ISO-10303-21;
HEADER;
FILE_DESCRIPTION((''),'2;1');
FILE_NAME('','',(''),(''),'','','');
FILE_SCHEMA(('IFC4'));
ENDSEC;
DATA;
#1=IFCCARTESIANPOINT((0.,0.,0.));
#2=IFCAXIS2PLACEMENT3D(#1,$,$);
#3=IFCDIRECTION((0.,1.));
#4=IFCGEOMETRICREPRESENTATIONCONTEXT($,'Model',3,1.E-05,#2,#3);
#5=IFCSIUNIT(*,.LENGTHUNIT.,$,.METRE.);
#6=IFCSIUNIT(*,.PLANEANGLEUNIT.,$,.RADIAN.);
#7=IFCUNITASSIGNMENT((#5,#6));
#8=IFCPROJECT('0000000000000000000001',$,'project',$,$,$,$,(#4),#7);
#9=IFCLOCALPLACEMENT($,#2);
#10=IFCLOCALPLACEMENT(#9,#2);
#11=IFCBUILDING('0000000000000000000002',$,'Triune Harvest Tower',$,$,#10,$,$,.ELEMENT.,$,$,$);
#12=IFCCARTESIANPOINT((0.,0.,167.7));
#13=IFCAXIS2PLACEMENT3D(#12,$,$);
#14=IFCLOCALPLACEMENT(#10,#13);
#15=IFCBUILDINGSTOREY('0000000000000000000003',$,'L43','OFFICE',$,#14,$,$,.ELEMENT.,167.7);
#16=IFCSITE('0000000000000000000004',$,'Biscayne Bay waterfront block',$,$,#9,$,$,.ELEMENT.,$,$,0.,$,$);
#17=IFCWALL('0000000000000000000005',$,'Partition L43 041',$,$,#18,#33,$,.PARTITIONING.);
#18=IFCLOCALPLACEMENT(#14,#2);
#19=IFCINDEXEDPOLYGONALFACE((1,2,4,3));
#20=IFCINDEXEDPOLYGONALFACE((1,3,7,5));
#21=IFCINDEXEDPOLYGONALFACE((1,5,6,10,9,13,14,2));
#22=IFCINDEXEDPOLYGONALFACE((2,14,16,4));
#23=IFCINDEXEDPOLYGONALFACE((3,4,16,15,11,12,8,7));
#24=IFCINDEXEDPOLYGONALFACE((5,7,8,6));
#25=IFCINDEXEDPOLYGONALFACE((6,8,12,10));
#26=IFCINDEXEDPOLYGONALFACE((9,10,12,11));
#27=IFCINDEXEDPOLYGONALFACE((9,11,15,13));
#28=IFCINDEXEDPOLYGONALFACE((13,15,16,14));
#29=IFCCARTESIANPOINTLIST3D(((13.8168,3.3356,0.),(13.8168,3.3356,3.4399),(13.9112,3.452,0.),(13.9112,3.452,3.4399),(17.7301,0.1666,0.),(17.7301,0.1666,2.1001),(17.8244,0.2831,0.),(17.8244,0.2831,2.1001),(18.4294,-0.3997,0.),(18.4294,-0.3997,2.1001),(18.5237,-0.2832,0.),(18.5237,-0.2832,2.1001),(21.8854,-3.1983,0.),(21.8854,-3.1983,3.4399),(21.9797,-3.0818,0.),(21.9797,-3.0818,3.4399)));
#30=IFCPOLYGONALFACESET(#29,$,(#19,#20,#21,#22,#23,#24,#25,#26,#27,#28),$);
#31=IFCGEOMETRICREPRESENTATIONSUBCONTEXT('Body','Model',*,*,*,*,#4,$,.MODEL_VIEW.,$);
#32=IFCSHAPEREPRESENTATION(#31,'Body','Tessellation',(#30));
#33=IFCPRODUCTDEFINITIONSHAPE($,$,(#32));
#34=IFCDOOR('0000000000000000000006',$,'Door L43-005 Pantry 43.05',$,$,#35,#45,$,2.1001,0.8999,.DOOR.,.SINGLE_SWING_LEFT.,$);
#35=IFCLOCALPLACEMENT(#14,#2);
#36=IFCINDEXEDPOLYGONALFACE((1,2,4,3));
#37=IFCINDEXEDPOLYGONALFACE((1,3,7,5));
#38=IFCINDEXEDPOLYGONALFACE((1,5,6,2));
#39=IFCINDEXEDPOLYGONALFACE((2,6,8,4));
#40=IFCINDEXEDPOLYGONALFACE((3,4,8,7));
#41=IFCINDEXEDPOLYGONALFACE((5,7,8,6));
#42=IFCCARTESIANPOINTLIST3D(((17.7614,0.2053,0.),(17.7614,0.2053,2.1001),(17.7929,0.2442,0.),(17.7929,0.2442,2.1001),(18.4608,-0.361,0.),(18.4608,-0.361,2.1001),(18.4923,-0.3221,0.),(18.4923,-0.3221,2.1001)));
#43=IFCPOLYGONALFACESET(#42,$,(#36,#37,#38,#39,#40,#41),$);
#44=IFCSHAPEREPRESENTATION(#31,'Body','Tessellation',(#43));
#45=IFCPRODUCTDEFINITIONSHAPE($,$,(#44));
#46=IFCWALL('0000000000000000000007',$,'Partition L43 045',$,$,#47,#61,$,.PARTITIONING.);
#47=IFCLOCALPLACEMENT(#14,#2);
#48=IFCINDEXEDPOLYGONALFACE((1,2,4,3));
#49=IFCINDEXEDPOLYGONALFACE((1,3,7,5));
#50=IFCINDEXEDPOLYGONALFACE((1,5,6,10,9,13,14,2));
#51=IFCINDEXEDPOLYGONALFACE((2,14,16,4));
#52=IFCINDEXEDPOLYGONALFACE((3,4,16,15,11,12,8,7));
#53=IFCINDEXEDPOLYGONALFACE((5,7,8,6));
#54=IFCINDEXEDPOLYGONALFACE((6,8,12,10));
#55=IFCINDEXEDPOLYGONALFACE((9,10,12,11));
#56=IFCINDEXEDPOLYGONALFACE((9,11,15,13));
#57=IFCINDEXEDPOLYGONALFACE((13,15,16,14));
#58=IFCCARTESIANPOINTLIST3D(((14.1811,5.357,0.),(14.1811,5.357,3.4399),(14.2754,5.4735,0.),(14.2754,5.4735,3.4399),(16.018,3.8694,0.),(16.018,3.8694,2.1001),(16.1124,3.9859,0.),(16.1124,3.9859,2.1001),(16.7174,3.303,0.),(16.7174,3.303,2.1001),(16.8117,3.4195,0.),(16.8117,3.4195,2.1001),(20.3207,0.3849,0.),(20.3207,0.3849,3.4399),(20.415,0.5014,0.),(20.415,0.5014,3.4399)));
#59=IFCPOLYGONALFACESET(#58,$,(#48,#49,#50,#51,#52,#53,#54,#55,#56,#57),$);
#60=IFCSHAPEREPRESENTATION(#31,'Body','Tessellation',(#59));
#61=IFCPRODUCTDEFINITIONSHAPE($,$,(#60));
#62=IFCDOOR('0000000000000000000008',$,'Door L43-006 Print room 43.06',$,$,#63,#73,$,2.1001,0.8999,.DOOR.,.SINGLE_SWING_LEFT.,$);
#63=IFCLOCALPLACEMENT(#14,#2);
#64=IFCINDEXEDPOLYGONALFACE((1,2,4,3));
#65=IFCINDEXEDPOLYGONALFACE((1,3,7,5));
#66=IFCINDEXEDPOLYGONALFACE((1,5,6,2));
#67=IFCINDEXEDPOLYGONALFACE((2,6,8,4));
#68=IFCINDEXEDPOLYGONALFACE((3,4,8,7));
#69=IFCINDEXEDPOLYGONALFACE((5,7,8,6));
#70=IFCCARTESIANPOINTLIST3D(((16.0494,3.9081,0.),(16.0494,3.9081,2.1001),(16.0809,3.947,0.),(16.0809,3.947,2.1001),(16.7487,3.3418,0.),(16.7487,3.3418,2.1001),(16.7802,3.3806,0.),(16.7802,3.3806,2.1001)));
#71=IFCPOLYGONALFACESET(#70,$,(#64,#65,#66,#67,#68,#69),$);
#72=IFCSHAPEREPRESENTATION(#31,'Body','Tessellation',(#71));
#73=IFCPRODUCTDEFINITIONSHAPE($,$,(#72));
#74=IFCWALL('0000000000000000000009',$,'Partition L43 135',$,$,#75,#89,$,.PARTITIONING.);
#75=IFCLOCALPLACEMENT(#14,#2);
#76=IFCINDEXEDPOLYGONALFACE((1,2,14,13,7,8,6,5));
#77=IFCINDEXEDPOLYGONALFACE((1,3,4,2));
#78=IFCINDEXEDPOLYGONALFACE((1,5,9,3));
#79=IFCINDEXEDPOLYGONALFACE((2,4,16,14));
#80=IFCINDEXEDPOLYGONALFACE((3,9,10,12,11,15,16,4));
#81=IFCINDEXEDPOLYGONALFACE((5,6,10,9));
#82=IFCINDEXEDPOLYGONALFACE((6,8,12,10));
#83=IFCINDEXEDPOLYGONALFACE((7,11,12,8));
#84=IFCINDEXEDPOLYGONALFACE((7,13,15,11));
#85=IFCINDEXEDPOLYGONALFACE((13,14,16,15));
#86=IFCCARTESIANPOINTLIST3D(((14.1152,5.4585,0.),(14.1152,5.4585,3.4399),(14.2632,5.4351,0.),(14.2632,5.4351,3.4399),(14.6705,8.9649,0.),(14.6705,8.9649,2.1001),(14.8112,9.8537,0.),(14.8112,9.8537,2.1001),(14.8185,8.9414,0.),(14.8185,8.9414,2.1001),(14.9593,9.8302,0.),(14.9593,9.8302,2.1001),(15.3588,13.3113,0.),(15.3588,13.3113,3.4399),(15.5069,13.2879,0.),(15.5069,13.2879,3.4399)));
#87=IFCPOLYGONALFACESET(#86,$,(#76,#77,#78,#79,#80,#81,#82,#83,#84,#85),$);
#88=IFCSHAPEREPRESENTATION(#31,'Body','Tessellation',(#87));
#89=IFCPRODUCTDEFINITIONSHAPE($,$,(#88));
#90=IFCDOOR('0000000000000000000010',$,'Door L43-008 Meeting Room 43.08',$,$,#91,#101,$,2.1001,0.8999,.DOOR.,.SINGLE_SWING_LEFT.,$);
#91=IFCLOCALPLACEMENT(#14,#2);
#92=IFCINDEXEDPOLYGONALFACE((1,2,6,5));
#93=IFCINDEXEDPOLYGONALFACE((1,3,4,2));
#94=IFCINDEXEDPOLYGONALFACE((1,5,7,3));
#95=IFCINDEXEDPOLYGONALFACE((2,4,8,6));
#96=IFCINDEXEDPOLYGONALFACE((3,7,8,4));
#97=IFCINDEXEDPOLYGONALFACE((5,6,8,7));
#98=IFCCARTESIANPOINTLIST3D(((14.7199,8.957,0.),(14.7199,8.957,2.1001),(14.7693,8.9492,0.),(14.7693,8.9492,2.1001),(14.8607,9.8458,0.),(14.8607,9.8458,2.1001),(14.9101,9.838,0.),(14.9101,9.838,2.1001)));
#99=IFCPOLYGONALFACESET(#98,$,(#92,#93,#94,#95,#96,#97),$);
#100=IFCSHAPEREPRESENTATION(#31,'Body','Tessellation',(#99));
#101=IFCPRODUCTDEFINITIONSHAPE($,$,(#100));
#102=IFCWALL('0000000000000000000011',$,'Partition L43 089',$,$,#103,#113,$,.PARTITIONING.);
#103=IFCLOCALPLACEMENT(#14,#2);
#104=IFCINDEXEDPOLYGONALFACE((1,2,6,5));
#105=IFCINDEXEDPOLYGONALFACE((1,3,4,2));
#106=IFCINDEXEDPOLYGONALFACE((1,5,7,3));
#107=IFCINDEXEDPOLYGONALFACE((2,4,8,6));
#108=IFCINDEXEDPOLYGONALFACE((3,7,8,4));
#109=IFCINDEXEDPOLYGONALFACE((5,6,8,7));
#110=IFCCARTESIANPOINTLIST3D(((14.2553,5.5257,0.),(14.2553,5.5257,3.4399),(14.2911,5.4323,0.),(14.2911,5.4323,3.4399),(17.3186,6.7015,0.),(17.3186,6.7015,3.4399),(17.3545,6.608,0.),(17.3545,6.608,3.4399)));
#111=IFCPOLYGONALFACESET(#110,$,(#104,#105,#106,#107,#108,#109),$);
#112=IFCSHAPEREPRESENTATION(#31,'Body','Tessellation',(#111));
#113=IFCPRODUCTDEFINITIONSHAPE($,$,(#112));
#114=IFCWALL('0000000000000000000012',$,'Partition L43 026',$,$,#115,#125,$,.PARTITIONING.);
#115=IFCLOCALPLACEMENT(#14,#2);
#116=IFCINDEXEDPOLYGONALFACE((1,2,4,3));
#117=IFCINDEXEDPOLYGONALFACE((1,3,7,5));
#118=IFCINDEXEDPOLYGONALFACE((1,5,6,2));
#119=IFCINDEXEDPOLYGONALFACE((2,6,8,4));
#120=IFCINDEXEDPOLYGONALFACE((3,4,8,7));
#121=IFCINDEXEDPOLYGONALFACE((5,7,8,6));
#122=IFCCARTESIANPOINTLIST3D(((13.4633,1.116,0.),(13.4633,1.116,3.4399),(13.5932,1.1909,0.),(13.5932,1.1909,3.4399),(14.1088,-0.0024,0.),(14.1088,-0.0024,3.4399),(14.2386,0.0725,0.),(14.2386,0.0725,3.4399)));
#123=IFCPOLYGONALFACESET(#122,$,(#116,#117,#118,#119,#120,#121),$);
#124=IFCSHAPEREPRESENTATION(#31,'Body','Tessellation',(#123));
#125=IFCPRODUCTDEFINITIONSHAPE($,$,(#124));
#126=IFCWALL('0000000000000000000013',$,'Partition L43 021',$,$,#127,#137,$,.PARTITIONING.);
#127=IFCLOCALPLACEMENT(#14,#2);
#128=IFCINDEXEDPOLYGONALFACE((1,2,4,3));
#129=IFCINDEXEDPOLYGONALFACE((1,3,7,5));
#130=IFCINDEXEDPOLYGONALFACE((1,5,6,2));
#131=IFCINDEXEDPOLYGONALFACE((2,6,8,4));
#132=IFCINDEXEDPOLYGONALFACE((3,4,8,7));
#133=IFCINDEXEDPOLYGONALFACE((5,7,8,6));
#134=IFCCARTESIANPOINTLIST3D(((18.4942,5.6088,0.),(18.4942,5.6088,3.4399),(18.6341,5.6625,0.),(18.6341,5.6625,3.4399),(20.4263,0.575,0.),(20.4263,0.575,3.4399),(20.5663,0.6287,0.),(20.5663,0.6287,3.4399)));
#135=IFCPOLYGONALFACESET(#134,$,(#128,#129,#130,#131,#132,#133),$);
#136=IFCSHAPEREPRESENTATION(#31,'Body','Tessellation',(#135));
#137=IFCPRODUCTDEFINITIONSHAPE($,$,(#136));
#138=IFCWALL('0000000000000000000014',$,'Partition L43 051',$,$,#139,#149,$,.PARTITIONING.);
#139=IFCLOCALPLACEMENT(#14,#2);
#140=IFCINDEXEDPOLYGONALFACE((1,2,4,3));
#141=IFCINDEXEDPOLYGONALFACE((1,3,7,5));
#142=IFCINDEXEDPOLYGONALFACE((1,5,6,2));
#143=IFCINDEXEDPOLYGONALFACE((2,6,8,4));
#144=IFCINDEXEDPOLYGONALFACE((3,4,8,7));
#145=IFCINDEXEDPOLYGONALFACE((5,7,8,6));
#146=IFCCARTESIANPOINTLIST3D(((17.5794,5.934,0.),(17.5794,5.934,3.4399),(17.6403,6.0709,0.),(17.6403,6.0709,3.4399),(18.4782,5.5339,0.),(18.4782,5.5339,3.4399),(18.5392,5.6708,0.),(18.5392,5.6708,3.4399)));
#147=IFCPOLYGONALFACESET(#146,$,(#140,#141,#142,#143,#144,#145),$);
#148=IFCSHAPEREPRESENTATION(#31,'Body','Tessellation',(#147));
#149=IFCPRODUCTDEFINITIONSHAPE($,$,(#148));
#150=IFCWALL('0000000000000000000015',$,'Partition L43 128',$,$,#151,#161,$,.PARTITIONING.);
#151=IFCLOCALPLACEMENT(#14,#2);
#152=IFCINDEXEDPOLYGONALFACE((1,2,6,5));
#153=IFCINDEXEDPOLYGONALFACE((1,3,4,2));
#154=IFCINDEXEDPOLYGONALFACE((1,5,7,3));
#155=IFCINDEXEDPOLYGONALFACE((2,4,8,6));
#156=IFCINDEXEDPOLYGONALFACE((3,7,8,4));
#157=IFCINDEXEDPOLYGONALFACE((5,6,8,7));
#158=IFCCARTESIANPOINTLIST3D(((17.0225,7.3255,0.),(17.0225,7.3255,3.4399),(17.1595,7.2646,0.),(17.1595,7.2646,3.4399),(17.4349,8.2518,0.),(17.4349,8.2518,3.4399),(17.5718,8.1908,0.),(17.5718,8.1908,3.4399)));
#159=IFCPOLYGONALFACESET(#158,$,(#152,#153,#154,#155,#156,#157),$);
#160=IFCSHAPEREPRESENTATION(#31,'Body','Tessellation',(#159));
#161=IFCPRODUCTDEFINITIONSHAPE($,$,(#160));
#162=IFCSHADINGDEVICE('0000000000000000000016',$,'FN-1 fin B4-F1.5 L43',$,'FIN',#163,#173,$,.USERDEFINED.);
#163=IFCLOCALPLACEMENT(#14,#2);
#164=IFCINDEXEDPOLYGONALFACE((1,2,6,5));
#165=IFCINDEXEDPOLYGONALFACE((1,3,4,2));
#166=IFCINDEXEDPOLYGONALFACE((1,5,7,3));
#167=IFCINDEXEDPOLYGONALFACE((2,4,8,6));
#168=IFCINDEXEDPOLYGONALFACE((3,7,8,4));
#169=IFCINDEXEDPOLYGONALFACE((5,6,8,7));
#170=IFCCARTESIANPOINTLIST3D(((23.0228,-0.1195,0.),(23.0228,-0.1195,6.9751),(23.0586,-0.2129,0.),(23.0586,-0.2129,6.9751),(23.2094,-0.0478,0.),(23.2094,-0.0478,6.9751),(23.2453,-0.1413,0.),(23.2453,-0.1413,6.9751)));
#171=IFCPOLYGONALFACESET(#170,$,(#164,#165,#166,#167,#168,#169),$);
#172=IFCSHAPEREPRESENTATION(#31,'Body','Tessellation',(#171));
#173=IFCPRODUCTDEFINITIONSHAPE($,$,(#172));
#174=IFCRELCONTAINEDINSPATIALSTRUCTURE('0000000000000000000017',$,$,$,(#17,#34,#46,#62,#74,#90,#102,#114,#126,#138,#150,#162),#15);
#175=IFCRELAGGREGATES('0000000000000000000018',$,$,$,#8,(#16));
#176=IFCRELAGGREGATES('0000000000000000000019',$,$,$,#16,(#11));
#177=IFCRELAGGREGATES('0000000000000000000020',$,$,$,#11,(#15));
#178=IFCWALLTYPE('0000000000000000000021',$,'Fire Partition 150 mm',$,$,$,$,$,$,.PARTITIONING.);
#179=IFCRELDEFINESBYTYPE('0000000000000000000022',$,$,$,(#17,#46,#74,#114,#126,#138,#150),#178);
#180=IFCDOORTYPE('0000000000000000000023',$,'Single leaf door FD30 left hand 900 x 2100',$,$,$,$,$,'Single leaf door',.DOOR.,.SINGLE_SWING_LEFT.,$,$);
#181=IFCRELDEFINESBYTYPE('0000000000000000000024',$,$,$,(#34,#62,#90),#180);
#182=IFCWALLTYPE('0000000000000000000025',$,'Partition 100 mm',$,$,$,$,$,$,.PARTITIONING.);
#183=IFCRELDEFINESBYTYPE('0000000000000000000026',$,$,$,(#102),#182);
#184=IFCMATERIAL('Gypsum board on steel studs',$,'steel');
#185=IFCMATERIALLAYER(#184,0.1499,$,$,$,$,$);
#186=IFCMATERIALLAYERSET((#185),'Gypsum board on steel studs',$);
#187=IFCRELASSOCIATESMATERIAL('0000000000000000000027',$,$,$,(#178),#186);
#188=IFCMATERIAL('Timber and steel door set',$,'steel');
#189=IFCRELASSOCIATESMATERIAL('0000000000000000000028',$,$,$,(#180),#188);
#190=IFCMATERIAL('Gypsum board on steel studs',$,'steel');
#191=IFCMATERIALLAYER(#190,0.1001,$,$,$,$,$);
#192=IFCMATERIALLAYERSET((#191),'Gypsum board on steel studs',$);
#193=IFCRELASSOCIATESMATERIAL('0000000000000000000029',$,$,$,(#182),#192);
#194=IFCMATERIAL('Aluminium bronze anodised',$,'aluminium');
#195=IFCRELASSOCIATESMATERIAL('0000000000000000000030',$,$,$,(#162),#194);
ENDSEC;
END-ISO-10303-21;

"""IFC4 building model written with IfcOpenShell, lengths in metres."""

from ifc_helpers import new_model, si_unit, direction, frame, frame_2d, origin, origin_2d, place, context, subcontext, project, spatial, rectangle, extrude, source, transform, mapped, material, layer, layer_set, type_object, element, fill, save


model = new_model("IFC4")

# Units and contexts
model_context = context("Model", 3, precision=1e-05, world=origin(), true_north=direction((0.0, 1.0)))
body_context = subcontext(model_context, "Body", "Model", "MODEL_VIEW")
ifc_project = project(units=[si_unit("LENGTHUNIT", "METRE"), si_unit("PLANEANGLEUNIT", "RADIAN")], contexts=[model_context])

# Site, building, storey
site_placement = place(None, origin())
site = spatial("IfcSite", under=ifc_project, at=site_placement, Name="Biscayne Bay waterfront block", CompositionType="ELEMENT", RefElevation=0.0)
building_placement = place(site_placement, origin())
building = spatial("IfcBuilding", under=site, at=building_placement, Name="Triune Harvest Tower", CompositionType="ELEMENT")
storey_placement = place(building_placement, frame((0.0, 0.0, 167.7)))
storey = spatial("IfcBuildingStorey", under=building, at=storey_placement, Name="L43", Description="OFFICE", CompositionType="ELEMENT", Elevation=167.7)

# Shared definitions
ifc_material_1 = material(Name="Gypsum board on steel studs", Category="steel")
ifc_layer_1 = layer(ifc_material_1, 0.1499)
ifc_layer_set_1 = layer_set([ifc_layer_1], Name="Gypsum board on steel studs")
wall_type_1 = type_object("IfcWallType", Name="Fire Partition 150 mm", PredefinedType="PARTITIONING", material=ifc_layer_set_1)

# Walls, openings, doors
wall_1_placement = place(storey_placement, frame((13.864, 3.3938, 0.0), z_axis=(0.0, 0.0, 1.0), x_axis=(0.777141, -0.629327, 0.0)))
wall_1 = element("IfcWall", 1, at=wall_1_placement, inside=storey, type_object=wall_type_1, Name="Partition L43 041", PredefinedType="PARTITIONING", context=body_context, shape_type="SweptSolid", body=[
    extrude(rectangle(XDim=10.3823, YDim=0.1499, at=frame_2d((5.1912, 0.0))), origin(), (0.0, 0.0, 1.0), 3.4399),
])
opening_1_placement = place(wall_1_placement, frame((5.0354, 0.0, 0.0)))
opening_1 = element("IfcOpeningElement", 2, at=opening_1_placement, cuts=wall_1, PredefinedType="OPENING", context=body_context, shape_type="SweptSolid", body=[
    extrude(rectangle(XDim=0.8999, YDim=2.1001, at=frame_2d((0.45, 1.05))), frame((0.0, 0.085, 0.0), z_axis=(0.0, -1.0, 0.0), x_axis=(1.0, 0.0, 0.0)), (0.0, 0.0, 1.0), 0.1699),
])
ifc_material_2 = material(Name="Timber and steel door set", Category="steel")
door_type = type_object("IfcDoorType", Name="Single leaf door FD30 left hand 900 x 2100", ElementType="Single leaf door", OperationType="SINGLE_SWING_LEFT", PredefinedType="DOOR", material=ifc_material_2)
door_1_placement = place(opening_1_placement, origin())
door_1 = element("IfcDoor", 3, at=door_1_placement, inside=storey, type_object=door_type, Name="Door L43-005 Pantry 43.05", OperationType="SINGLE_SWING_LEFT", OverallHeight=2.1001, OverallWidth=0.8999, PredefinedType="DOOR", context=body_context, shape_type="SweptSolid", body=[
    extrude(rectangle(XDim=0.8999, YDim=2.1001, at=frame_2d((0.45, 1.05))), frame((0.0, 0.0249, 0.0), z_axis=(0.0, -1.0, 0.0), x_axis=(1.0, 0.0, 0.0)), (0.0, 0.0, 1.0), 0.05),
])
fill(opening_1, door_1)
wall_2_placement = place(storey_placement, frame((14.2283, 5.4153, 0.0), z_axis=(0.0, 0.0, 1.0), x_axis=(0.777123, -0.629349, 0.0)))
wall_2 = element("IfcWall", 4, at=wall_2_placement, inside=storey, type_object=wall_type_1, Name="Partition L43 045", PredefinedType="PARTITIONING", context=body_context, shape_type="SweptSolid", body=[
    extrude(rectangle(XDim=7.9004, YDim=0.1499, at=frame_2d((3.9502, 0.0))), origin(), (0.0, 0.0, 1.0), 3.4399),
])
opening_2_placement = place(wall_2_placement, frame((2.3638, 0.0, 0.0)))
opening_2 = element("IfcOpeningElement", 5, at=opening_2_placement, cuts=wall_2, PredefinedType="OPENING", context=body_context, shape_type="SweptSolid", body=[
    extrude(rectangle(XDim=0.8999, YDim=2.1001, at=frame_2d((0.45, 1.05))), frame((0.0, 0.085, 0.0), z_axis=(0.0, -1.0, 0.0), x_axis=(1.0, 0.0, 0.0)), (0.0, 0.0, 1.0), 0.1699),
])
door_2_placement = place(opening_2_placement, origin())
door_2 = element("IfcDoor", 6, at=door_2_placement, inside=storey, type_object=door_type, Name="Door L43-006 Print room 43.06", OperationType="SINGLE_SWING_LEFT", OverallHeight=2.1001, OverallWidth=0.8999, PredefinedType="DOOR", context=body_context, shape_type="SweptSolid", body=[
    extrude(rectangle(XDim=0.8999, YDim=2.1001, at=frame_2d((0.45, 1.05))), frame((0.0, 0.0249, 0.0), z_axis=(0.0, -1.0, 0.0), x_axis=(1.0, 0.0, 0.0)), (0.0, 0.0, 1.0), 0.05),
])
fill(opening_2, door_2)
wall_3_placement = place(storey_placement, frame((14.1892, 5.4468, 0.0), z_axis=(0.0, 0.0, 1.0), x_axis=(0.156421, 0.98769, 0.0)))
wall_3 = element("IfcWall", 7, at=wall_3_placement, inside=storey, type_object=wall_type_1, Name="Partition L43 135", PredefinedType="PARTITIONING", context=body_context, shape_type="SweptSolid", body=[
    extrude(rectangle(XDim=7.9507, YDim=0.1499, at=frame_2d((3.9753, 0.0))), origin(), (0.0, 0.0, 1.0), 3.4399),
])
opening_3_placement = place(wall_3_placement, frame((3.55, 0.0, 0.0)))
opening_3 = element("IfcOpeningElement", 8, at=opening_3_placement, cuts=wall_3, PredefinedType="OPENING", context=body_context, shape_type="SweptSolid", body=[
    extrude(rectangle(XDim=0.8999, YDim=2.1001, at=frame_2d((0.45, 1.05))), frame((0.0, 0.085, 0.0), z_axis=(0.0, -1.0, 0.0), x_axis=(1.0, 0.0, 0.0)), (0.0, 0.0, 1.0), 0.1699),
])
door_3_placement = place(opening_3_placement, origin())
door_3 = element("IfcDoor", 9, at=door_3_placement, inside=storey, type_object=door_type, Name="Door L43-008 Meeting Room 43.08", OperationType="SINGLE_SWING_LEFT", OverallHeight=2.1001, OverallWidth=0.8999, PredefinedType="DOOR", context=body_context, shape_type="SweptSolid", body=[
    extrude(rectangle(XDim=0.8999, YDim=2.1001, at=frame_2d((0.45, 1.05))), frame((0.0, 0.0249, 0.0), z_axis=(0.0, -1.0, 0.0), x_axis=(1.0, 0.0, 0.0)), (0.0, 0.0, 1.0), 0.05),
])
fill(opening_3, door_3)

# Walls
ifc_material_3 = material(Name="Gypsum board on steel studs", Category="steel")
ifc_layer_2 = layer(ifc_material_3, 0.1001)
ifc_layer_set_2 = layer_set([ifc_layer_2], Name="Gypsum board on steel studs")
wall_type_2 = type_object("IfcWallType", Name="Partition 100 mm", PredefinedType="PARTITIONING", material=ifc_layer_set_2)
wall_4_placement = place(storey_placement, frame((14.2732, 5.479, 0.0), z_axis=(0.0, 0.0, 1.0), x_axis=(0.933598, 0.358321, 0.0)))
element("IfcWall", 10, at=wall_4_placement, inside=storey, type_object=wall_type_2, Name="Partition L43 089", PredefinedType="PARTITIONING", context=body_context, shape_type="SweptSolid", body=[
    extrude(rectangle(XDim=3.2812, YDim=0.1001, at=frame_2d((1.6406, 0.0))), origin(), (0.0, 0.0, 1.0), 3.4399),
])
shared_shape_1 = source(origin(), body_context, "Body", "SweptSolid", [
    extrude(rectangle(XDim=1.2913, YDim=0.1499, at=frame_2d((0.6455, 0.0))), origin(), (0.0, 0.0, 1.0), 3.4399),
])
wall_5_placement = place(storey_placement, frame((13.5283, 1.1533, 0.0), z_axis=(0.0, 0.0, 1.0), x_axis=(0.499881, -0.866094, 0.0)))
element("IfcWall", 11, at=wall_5_placement, inside=storey, type_object=wall_type_1, Name="Partition L43 026", PredefinedType="PARTITIONING", context=body_context, shape_type="MappedRepresentation", body=[
    mapped(shared_shape_1, transform((0.0, 0.0, 0.0), scale=1.0)),
])
shared_shape_2 = source(origin(), body_context, "Body", "SweptSolid", [
    extrude(rectangle(XDim=5.3918, YDim=0.1499, at=frame_2d((2.6958, 0.0))), origin(), (0.0, 0.0, 1.0), 3.4399),
])
wall_6_placement = place(storey_placement, frame((18.5642, 5.6355, 0.0), z_axis=(0.0, 0.0, 1.0), x_axis=(0.358348, -0.933588, 0.0)))
element("IfcWall", 12, at=wall_6_placement, inside=storey, type_object=wall_type_1, Name="Partition L43 021", PredefinedType="PARTITIONING", context=body_context, shape_type="MappedRepresentation", body=[
    mapped(shared_shape_2, transform((0.0, 0.0, 0.0), scale=1.0)),
])
shared_shape_3 = source(origin(), body_context, "Body", "SweptSolid", [
    extrude(rectangle(XDim=0.9839, YDim=0.1499, at=frame_2d((0.4919, 0.0))), origin(), (0.0, 0.0, 1.0), 3.4399),
])
wall_7_placement = place(storey_placement, frame((17.6099, 6.0024, 0.0), z_axis=(0.0, 0.0, 1.0), x_axis=(0.913576, -0.406668, 0.0)))
element("IfcWall", 13, at=wall_7_placement, inside=storey, type_object=wall_type_1, Name="Partition L43 051", PredefinedType="PARTITIONING", context=body_context, shape_type="MappedRepresentation", body=[
    mapped(shared_shape_3, transform((0.0, 0.0, 0.0), scale=1.0)),
])
shared_shape_4 = source(origin(), body_context, "Body", "SweptSolid", [
    extrude(rectangle(XDim=1.0139, YDim=0.1499, at=frame_2d((0.5068, 0.0))), origin(), (0.0, 0.0, 1.0), 3.4399),
])
wall_8_placement = place(storey_placement, frame((17.0911, 7.2952, 0.0), z_axis=(0.0, 0.0, 1.0), x_axis=(0.406697, 0.913563, 0.0)))
element("IfcWall", 14, at=wall_8_placement, inside=storey, type_object=wall_type_1, Name="Partition L43 128", PredefinedType="PARTITIONING", context=body_context, shape_type="MappedRepresentation", body=[
    mapped(shared_shape_4, transform((0.0, 0.0, 0.0), scale=1.0)),
])

# Shading device
ifc_material_4 = material(Name="Aluminium bronze anodised", Category="aluminium")
shared_shape_5 = source(origin(), body_context, "Body", "SweptSolid", [
    extrude(rectangle(XDim=0.1001, YDim=0.2, at=origin_2d()), origin(), (0.0, 0.0, 1.0), 6.9751),
])
for number, where, z_axis, x_axis, name in (
    (15, (23.134, -0.1304, 0.0), (0.0, 0.0, 1.0), (-0.358369, 0.93358, 0.0), "FN-1 fin B4-F1.5 L43"),
):
    element("IfcShadingDevice", number, at=place(storey_placement, frame(where, z_axis=z_axis, x_axis=x_axis)), inside=storey, material=ifc_material_4, Name=name, ObjectType="FIN", PredefinedType="USERDEFINED", context=body_context, shape_type="MappedRepresentation", body=[
        mapped(shared_shape_5, transform((0.0, 0.0, 0.0), scale=1.0)),
    ])

save(model, "model.ifc")
